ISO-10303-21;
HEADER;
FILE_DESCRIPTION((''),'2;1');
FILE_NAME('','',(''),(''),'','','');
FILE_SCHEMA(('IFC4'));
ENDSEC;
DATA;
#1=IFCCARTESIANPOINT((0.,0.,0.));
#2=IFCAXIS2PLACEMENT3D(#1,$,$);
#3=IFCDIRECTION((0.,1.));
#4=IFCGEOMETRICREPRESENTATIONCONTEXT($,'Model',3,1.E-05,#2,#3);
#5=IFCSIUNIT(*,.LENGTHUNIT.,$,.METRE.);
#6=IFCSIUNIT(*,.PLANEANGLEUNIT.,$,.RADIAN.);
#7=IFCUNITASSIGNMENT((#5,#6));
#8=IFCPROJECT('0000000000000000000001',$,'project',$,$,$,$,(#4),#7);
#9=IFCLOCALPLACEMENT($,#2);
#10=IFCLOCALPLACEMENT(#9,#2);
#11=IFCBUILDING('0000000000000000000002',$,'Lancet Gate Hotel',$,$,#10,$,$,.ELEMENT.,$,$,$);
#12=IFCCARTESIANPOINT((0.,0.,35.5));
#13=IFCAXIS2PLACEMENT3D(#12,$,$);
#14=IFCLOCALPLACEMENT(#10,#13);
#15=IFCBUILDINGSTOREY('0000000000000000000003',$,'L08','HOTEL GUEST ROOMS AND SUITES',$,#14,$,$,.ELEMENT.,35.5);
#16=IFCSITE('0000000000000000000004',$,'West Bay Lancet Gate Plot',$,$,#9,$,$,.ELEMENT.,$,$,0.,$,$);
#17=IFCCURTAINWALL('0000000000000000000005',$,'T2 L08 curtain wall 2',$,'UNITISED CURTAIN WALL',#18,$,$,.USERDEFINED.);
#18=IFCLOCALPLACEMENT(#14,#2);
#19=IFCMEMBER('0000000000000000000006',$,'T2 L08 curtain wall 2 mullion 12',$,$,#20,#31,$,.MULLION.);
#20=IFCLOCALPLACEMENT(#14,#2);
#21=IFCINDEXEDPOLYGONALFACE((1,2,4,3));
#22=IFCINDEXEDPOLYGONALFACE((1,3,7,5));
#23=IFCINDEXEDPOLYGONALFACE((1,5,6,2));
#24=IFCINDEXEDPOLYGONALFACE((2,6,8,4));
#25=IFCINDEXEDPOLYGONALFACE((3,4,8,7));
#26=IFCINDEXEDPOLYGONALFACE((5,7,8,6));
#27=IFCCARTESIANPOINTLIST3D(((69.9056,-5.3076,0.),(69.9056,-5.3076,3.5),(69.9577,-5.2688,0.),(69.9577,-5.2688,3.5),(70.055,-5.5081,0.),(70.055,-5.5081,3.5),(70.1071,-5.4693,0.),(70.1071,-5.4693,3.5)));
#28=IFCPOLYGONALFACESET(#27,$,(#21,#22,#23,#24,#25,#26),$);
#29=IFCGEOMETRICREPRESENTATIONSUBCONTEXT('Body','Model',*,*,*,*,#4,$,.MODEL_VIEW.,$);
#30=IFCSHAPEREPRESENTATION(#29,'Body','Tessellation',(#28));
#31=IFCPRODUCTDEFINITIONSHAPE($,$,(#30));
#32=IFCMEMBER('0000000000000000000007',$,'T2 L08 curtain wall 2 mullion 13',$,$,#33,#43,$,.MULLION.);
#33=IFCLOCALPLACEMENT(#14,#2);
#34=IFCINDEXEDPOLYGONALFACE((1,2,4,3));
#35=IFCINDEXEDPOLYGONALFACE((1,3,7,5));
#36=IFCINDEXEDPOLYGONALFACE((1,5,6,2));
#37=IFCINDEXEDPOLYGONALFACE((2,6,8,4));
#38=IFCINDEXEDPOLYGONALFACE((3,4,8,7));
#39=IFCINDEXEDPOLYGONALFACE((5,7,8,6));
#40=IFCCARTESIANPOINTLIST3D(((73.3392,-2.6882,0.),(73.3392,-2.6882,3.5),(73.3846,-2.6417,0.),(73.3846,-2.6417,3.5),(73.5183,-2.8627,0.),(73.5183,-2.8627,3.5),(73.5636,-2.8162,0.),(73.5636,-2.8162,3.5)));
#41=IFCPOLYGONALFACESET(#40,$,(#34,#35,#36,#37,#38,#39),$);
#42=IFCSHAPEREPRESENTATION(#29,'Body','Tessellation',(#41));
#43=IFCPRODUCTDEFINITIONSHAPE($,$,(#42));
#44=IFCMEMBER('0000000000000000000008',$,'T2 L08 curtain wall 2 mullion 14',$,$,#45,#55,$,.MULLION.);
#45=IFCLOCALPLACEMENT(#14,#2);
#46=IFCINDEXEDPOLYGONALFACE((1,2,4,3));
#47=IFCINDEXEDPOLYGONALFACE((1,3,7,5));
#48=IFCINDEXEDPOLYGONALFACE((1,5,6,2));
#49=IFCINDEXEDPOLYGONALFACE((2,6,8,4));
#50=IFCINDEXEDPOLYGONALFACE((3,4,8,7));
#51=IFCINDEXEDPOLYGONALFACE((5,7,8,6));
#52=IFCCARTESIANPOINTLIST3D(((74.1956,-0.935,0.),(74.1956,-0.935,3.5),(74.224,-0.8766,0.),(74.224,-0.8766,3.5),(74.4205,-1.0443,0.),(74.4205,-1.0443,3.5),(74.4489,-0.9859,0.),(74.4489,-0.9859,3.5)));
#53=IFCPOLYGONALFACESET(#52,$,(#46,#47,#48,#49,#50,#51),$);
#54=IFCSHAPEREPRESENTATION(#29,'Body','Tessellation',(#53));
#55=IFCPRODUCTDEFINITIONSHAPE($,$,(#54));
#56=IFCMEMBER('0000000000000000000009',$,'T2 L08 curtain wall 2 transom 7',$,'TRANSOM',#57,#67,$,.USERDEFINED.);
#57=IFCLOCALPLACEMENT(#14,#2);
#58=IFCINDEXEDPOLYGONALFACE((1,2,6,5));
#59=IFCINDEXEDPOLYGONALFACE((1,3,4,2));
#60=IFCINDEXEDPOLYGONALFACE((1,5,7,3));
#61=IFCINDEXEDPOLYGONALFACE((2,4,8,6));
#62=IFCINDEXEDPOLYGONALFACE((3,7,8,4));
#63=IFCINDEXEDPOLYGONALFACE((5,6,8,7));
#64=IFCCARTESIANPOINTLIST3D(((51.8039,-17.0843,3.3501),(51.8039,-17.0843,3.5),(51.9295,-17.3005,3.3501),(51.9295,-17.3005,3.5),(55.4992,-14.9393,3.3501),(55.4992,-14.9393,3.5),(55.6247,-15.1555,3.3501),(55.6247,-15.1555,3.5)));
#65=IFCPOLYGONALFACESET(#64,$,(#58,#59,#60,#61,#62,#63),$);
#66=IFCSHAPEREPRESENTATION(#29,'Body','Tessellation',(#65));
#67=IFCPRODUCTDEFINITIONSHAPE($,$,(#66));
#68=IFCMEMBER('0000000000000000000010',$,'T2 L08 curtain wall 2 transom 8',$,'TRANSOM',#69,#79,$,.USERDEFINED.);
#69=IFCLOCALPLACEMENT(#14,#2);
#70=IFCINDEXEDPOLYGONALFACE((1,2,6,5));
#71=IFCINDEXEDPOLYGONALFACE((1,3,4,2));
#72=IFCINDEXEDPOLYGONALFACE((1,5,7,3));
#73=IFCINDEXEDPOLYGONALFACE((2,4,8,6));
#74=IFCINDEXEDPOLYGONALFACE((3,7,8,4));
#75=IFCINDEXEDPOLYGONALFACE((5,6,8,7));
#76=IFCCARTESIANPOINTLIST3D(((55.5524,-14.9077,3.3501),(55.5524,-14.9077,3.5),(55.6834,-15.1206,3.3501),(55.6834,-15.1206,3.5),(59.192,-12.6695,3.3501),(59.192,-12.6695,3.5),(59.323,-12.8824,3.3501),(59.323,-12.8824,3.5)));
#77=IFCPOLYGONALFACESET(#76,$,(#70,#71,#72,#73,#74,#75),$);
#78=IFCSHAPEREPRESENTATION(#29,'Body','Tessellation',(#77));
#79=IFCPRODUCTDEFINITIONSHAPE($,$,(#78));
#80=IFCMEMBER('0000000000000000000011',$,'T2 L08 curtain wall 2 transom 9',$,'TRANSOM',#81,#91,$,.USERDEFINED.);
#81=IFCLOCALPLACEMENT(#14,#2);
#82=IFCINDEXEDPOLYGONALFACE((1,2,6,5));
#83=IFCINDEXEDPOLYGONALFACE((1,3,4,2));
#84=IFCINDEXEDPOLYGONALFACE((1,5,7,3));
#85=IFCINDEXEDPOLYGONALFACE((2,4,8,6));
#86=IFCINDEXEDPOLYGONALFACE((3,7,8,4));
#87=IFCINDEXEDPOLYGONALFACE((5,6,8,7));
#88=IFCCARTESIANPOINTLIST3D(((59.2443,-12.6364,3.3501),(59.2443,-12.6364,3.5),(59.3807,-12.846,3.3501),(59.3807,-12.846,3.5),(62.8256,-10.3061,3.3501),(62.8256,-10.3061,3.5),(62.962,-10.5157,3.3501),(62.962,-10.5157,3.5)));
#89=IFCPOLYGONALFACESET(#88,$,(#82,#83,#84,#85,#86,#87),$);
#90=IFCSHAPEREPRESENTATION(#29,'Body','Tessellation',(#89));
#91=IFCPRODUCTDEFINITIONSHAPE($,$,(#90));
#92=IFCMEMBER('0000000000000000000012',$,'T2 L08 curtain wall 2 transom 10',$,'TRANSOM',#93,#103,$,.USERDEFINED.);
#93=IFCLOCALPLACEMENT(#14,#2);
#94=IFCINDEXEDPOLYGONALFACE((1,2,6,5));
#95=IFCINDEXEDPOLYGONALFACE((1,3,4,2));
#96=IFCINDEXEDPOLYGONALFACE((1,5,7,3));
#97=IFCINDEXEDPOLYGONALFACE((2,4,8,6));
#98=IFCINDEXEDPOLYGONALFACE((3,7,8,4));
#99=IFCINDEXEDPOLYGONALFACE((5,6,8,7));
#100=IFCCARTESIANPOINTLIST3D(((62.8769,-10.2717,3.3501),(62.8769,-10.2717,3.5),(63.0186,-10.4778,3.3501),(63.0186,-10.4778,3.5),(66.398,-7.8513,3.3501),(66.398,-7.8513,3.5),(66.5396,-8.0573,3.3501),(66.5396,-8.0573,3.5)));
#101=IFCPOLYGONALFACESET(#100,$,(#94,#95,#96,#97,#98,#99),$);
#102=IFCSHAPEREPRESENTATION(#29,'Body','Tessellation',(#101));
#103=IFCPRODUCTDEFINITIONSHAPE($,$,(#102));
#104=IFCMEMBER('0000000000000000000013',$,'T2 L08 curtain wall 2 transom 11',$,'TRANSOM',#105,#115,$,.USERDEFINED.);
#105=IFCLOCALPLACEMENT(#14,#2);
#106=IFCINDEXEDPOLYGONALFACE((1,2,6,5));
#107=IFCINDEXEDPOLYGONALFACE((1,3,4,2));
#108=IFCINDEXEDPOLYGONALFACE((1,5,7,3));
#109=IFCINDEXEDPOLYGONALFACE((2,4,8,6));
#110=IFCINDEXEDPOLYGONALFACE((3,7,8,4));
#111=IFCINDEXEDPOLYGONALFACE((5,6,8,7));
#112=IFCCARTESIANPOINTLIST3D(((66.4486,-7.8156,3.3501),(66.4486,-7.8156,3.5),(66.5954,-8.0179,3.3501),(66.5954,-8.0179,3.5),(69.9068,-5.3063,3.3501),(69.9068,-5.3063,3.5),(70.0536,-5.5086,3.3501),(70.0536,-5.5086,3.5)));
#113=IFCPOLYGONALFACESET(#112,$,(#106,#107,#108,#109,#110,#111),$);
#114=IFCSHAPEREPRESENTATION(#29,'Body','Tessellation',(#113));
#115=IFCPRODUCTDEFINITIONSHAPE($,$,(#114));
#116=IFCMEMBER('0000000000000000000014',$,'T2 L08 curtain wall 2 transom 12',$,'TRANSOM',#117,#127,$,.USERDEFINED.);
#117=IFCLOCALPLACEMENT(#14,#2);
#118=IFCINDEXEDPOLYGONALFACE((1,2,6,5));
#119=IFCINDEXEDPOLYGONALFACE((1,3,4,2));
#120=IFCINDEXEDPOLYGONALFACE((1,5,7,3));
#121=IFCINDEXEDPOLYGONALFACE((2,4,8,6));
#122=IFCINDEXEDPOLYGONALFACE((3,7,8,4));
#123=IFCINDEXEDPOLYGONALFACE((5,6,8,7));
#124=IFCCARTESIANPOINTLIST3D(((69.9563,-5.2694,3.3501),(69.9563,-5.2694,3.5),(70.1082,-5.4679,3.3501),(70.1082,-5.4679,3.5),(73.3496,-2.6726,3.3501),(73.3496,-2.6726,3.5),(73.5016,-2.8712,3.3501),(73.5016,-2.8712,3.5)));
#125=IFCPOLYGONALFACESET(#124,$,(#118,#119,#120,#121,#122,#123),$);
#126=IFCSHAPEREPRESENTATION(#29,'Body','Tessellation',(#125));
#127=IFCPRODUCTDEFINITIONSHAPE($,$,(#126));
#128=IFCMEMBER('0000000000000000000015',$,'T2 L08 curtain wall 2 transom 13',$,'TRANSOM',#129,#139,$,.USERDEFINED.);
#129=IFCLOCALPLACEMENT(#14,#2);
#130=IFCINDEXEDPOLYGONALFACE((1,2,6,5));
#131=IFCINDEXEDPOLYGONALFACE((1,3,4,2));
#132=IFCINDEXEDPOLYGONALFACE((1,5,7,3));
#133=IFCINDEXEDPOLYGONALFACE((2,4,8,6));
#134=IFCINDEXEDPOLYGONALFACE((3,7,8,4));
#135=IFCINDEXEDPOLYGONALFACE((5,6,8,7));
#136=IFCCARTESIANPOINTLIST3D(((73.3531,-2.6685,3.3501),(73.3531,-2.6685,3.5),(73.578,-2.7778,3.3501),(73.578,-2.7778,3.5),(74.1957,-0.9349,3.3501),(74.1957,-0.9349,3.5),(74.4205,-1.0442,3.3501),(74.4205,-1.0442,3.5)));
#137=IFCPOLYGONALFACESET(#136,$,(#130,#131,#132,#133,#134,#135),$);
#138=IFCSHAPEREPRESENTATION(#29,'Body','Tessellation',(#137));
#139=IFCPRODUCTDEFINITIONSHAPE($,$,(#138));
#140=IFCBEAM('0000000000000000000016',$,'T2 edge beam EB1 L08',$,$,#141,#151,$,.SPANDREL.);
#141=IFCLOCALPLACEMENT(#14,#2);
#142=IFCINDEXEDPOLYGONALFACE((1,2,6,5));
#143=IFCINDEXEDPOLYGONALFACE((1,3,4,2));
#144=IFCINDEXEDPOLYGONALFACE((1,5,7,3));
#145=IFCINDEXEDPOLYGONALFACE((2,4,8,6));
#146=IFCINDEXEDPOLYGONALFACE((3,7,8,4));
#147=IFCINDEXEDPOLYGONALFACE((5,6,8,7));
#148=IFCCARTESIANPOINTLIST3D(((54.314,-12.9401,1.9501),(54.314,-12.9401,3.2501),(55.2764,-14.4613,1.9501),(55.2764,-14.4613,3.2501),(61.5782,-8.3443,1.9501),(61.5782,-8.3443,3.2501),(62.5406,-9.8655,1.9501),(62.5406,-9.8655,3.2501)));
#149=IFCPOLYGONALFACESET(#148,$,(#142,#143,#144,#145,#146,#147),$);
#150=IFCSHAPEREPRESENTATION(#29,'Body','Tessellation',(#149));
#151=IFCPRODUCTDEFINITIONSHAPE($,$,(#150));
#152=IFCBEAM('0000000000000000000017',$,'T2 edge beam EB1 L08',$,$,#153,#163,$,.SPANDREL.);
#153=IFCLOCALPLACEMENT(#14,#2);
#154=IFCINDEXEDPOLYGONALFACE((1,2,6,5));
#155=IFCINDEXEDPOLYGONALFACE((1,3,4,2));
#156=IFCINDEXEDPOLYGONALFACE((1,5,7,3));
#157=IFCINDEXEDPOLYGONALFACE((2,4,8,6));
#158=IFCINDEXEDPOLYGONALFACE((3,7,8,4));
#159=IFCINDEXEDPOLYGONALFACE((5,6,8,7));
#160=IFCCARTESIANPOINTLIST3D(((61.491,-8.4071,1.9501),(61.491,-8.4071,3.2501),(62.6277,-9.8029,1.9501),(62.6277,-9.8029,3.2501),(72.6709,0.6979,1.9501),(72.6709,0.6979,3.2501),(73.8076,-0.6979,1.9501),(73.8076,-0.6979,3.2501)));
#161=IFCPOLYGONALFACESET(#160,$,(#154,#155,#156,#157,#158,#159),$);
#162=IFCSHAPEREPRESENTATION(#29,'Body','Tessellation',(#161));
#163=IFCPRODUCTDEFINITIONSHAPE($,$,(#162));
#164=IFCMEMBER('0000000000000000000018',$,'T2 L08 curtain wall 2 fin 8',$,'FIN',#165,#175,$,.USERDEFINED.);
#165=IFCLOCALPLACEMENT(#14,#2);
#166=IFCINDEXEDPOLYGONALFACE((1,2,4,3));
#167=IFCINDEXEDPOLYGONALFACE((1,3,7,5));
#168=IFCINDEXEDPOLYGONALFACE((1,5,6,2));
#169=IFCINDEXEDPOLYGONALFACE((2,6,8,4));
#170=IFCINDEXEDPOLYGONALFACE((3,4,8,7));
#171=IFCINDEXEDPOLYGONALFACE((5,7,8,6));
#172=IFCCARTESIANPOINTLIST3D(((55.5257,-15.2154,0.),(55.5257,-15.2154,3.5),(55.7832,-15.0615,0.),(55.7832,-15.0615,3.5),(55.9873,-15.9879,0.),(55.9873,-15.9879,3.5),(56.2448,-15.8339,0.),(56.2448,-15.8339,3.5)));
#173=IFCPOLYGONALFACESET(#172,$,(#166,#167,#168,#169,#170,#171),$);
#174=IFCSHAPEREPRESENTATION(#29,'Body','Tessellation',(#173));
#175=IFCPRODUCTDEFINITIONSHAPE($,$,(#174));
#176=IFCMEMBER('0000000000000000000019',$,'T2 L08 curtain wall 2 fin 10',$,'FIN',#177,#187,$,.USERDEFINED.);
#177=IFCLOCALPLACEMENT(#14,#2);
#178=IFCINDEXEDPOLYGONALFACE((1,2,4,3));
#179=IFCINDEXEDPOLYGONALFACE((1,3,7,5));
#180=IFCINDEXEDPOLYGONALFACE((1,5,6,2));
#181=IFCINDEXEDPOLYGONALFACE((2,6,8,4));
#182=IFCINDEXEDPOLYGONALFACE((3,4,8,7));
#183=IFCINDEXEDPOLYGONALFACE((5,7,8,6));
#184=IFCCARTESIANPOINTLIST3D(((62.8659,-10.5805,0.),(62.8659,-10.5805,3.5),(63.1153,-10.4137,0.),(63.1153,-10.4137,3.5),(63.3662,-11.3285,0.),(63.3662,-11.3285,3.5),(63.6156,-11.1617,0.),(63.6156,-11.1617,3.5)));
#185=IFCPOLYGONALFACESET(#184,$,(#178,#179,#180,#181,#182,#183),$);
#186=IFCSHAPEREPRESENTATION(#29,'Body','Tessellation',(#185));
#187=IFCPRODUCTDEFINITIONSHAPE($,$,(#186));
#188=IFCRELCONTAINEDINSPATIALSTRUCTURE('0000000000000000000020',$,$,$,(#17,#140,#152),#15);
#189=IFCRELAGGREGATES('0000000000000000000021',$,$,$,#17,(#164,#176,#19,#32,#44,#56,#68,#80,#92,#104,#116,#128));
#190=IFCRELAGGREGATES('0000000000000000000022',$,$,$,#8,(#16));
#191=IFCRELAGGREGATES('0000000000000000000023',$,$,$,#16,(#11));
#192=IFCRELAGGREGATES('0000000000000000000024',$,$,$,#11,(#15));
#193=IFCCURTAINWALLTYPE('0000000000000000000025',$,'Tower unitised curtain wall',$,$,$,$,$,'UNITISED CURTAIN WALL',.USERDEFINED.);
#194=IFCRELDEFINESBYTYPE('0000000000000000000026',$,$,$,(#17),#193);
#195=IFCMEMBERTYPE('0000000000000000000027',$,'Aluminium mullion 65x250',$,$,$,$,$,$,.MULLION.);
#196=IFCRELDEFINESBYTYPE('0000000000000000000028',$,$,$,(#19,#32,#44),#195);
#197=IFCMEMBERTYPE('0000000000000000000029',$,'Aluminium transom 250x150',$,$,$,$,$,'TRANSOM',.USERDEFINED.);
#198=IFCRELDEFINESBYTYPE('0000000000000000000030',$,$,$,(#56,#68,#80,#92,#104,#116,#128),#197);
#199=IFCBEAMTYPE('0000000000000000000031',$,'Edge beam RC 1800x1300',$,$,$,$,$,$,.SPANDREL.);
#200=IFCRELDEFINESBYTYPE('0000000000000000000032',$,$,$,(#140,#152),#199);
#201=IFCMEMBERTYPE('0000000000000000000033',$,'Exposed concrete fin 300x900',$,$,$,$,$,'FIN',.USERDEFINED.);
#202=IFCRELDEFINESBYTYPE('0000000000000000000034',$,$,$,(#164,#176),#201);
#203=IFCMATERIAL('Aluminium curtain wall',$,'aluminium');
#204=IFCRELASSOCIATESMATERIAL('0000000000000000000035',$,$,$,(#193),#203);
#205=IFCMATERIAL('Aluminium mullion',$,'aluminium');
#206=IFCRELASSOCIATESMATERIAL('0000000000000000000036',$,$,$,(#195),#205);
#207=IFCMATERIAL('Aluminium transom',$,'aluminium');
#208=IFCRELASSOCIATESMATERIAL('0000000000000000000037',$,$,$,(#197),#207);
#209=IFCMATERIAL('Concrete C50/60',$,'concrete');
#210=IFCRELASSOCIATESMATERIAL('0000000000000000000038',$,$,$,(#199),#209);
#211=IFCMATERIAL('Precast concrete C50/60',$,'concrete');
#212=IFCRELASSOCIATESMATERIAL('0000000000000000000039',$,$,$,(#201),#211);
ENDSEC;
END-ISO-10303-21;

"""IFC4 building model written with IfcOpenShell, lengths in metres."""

from ifc_helpers import new_model, si_unit, direction, frame, origin, origin_2d, place, context, subcontext, project, spatial, rectangle, extrude, material, material_profile, profile_set, type_object, element, aggregate, save


model = new_model("IFC4")

# Units and contexts
model_context = context("Model", 3, precision=1e-05, world=origin(), true_north=direction((0.0, 1.0)))
body_context = subcontext(model_context, "Body", "Model", "MODEL_VIEW")
ifc_project = project(units=[si_unit("LENGTHUNIT", "METRE"), si_unit("PLANEANGLEUNIT", "RADIAN")], contexts=[model_context])

# Site, building, storey
site_placement = place(None, origin())
site = spatial("IfcSite", under=ifc_project, at=site_placement, Name="West Bay Lancet Gate Plot", CompositionType="ELEMENT", RefElevation=0.0)
building_placement = place(site_placement, origin())
building = spatial("IfcBuilding", under=site, at=building_placement, Name="Lancet Gate Hotel", CompositionType="ELEMENT")
storey_placement = place(building_placement, frame((0.0, 0.0, 35.5)))
storey = spatial("IfcBuildingStorey", under=building, at=storey_placement, Name="L08", Description="HOTEL GUEST ROOMS AND SUITES", CompositionType="ELEMENT", Elevation=35.5)

# Curtain wall, members
ifc_material_1 = material(Name="Aluminium curtain wall", Category="aluminium")
curtain_wall_type = type_object("IfcCurtainWallType", Name="Tower unitised curtain wall", ElementType="UNITISED CURTAIN WALL", PredefinedType="USERDEFINED", material=ifc_material_1)
curtain_wall_placement = place(storey_placement, origin())
curtain_wall = element("IfcCurtainWall", 1, at=curtain_wall_placement, inside=storey, type_object=curtain_wall_type, Name="T2 L08 curtain wall 2", ObjectType="UNITISED CURTAIN WALL", PredefinedType="USERDEFINED")
ifc_material_2 = material(Name="Aluminium mullion", Category="aluminium")
ifc_material_profile_1 = material_profile(ifc_material_2, rectangle(XDim=0.0649, YDim=0.25, at=origin_2d()), Name="MULLION 65x250")
ifc_profile_set_1 = profile_set([ifc_material_profile_1], Name="Aluminium mullion")
member_type_1 = type_object("IfcMemberType", Name="Aluminium mullion 65x250", PredefinedType="MULLION", material=ifc_profile_set_1)
member_1_placement = place(storey_placement, frame((70.0063, -5.3884, 0.0), z_axis=(0.0, 0.0, 1.0), x_axis=(0.80183, 0.597552, 0.0)))
member_1 = element("IfcMember", 2, at=member_1_placement, type_object=member_type_1, Name="T2 L08 curtain wall 2 mullion 12", PredefinedType="MULLION", context=body_context, shape_type="SweptSolid", body=[
    extrude(rectangle(XDim=0.0649, YDim=0.25, at=origin_2d()), origin(), (0.0, 0.0, 1.0), 3.5),
])
member_2_placement = place(storey_placement, frame((73.4514, -2.7522, 0.0), z_axis=(0.0, 0.0, 1.0), x_axis=(0.697983, 0.716114, 0.0)))
member_2 = element("IfcMember", 3, at=member_2_placement, type_object=member_type_1, Name="T2 L08 curtain wall 2 mullion 13", PredefinedType="MULLION", context=body_context, shape_type="SweptSolid", body=[
    extrude(rectangle(XDim=0.0649, YDim=0.25, at=origin_2d()), origin(), (0.0, 0.0, 1.0), 3.5),
])
member_3_placement = place(storey_placement, frame((74.3223, -0.9604, 0.0), z_axis=(0.0, 0.0, 1.0), x_axis=(0.437169, 0.899379, 0.0)))
member_3 = element("IfcMember", 4, at=member_3_placement, type_object=member_type_1, Name="T2 L08 curtain wall 2 mullion 14", PredefinedType="MULLION", context=body_context, shape_type="SweptSolid", body=[
    extrude(rectangle(XDim=0.0649, YDim=0.25, at=origin_2d()), origin(), (0.0, 0.0, 1.0), 3.5),
])
ifc_material_3 = material(Name="Aluminium transom", Category="aluminium")
ifc_material_profile_2 = material_profile(ifc_material_3, rectangle(XDim=0.25, YDim=0.1499, at=origin_2d()), Name="TRANSOM 250x150")
ifc_profile_set_2 = profile_set([ifc_material_profile_2], Name="Aluminium transom")
member_type_2 = type_object("IfcMemberType", Name="Aluminium transom 250x150", ElementType="TRANSOM", PredefinedType="USERDEFINED", material=ifc_profile_set_2)
member_4_placement = place(storey_placement, frame((51.8667, -17.1924, 3.425), z_axis=(0.864855, 0.502022, 0.0), x_axis=(-0.502022, 0.864855, 0.0)))
member_4 = element("IfcMember", 5, at=member_4_placement, type_object=member_type_2, Name="T2 L08 curtain wall 2 transom 7", ObjectType="TRANSOM", PredefinedType="USERDEFINED", context=body_context, shape_type="SweptSolid", body=[
    extrude(rectangle(XDim=0.25, YDim=0.1499, at=origin_2d()), origin(), (0.0, 0.0, 1.0), 4.2727),
])
member_5_placement = place(storey_placement, frame((55.6179, -15.0142, 3.425), z_axis=(0.851815, 0.523842, 0.0), x_axis=(-0.523842, 0.851815, 0.0)))
member_5 = element("IfcMember", 6, at=member_5_placement, type_object=member_type_2, Name="T2 L08 curtain wall 2 transom 8", ObjectType="TRANSOM", PredefinedType="USERDEFINED", context=body_context, shape_type="SweptSolid", body=[
    extrude(rectangle(XDim=0.25, YDim=0.1499, at=origin_2d()), origin(), (0.0, 0.0, 1.0), 4.2727),
])
member_6_placement = place(storey_placement, frame((59.3125, -12.7412, 3.425), z_axis=(0.838179, 0.545396, 0.0), x_axis=(-0.545396, 0.838179, 0.0)))
member_6 = element("IfcMember", 7, at=member_6_placement, type_object=member_type_2, Name="T2 L08 curtain wall 2 transom 9", ObjectType="TRANSOM", PredefinedType="USERDEFINED", context=body_context, shape_type="SweptSolid", body=[
    extrude(rectangle(XDim=0.25, YDim=0.1499, at=origin_2d()), origin(), (0.0, 0.0, 1.0), 4.2727),
])
member_7_placement = place(storey_placement, frame((62.9478, -10.3748, 3.425), z_axis=(0.824072, 0.566485, 0.0), x_axis=(-0.566485, 0.824072, 0.0)))
member_7 = element("IfcMember", 8, at=member_7_placement, type_object=member_type_2, Name="T2 L08 curtain wall 2 transom 10", ObjectType="TRANSOM", PredefinedType="USERDEFINED", context=body_context, shape_type="SweptSolid", body=[
    extrude(rectangle(XDim=0.25, YDim=0.1499, at=origin_2d()), origin(), (0.0, 0.0, 1.0), 4.2727),
])
member_8_placement = place(storey_placement, frame((66.522, -7.9167, 3.425), z_axis=(0.809383, 0.587281, 0.0), x_axis=(-0.587281, 0.809383, 0.0)))
member_8 = element("IfcMember", 9, at=member_8_placement, type_object=member_type_2, Name="T2 L08 curtain wall 2 transom 11", ObjectType="TRANSOM", PredefinedType="USERDEFINED", context=body_context, shape_type="SweptSolid", body=[
    extrude(rectangle(XDim=0.25, YDim=0.1499, at=origin_2d()), origin(), (0.0, 0.0, 1.0), 4.2727),
])
member_9_placement = place(storey_placement, frame((70.0322, -5.3687, 3.425), z_axis=(0.794155, 0.607715, 0.0), x_axis=(-0.607715, 0.794155, 0.0)))
member_9 = element("IfcMember", 10, at=member_9_placement, type_object=member_type_2, Name="T2 L08 curtain wall 2 transom 12", ObjectType="TRANSOM", PredefinedType="USERDEFINED", context=body_context, shape_type="SweptSolid", body=[
    extrude(rectangle(XDim=0.25, YDim=0.1499, at=origin_2d()), origin(), (0.0, 0.0, 1.0), 4.2729),
])
member_10_placement = place(storey_placement, frame((73.4656, -2.7231, 3.425), z_axis=(0.437103, 0.899411, 0.0), x_axis=(-0.899411, 0.437103, 0.0)))
member_10 = element("IfcMember", 11, at=member_10_placement, type_object=member_type_2, Name="T2 L08 curtain wall 2 transom 13", ObjectType="TRANSOM", PredefinedType="USERDEFINED", context=body_context, shape_type="SweptSolid", body=[
    extrude(rectangle(XDim=0.25, YDim=0.1499, at=origin_2d()), origin(), (0.0, 0.0, 1.0), 1.9275),
])

# Beams
ifc_material_4 = material(Name="Concrete C50/60", Category="concrete")
ifc_material_profile_3 = material_profile(ifc_material_4, rectangle(XDim=1.8, YDim=1.3, at=origin_2d()), Name="RC 1800x1300")
ifc_profile_set_3 = profile_set([ifc_material_profile_3], Name="Concrete C50/60")
beam_type_1 = type_object("IfcBeamType", Name="Edge beam RC 1800x1300", PredefinedType="SPANDREL", material=ifc_profile_set_3)
beam_1_placement = place(storey_placement, frame((54.7952, -13.7007, 2.6001), z_axis=(0.845078, 0.534643, 0.0), x_axis=(-0.534643, 0.845078, 0.0)))
element("IfcBeam", 12, at=beam_1_placement, inside=storey, type_object=beam_type_1, Name="T2 edge beam EB1 L08", PredefinedType="SPANDREL", context=body_context, shape_type="SweptSolid", body=[
    extrude(rectangle(XDim=1.8, YDim=1.3, at=origin_2d()), origin(), (0.0, 0.0, 1.0), 8.5959),
])
beam_2_placement = place(storey_placement, frame((62.0593, -9.105, 2.6001), z_axis=(0.775391, 0.631481, 0.0), x_axis=(-0.631481, 0.775391, 0.0)))
element("IfcBeam", 13, at=beam_2_placement, inside=storey, type_object=beam_type_1, Name="T2 edge beam EB1 L08", PredefinedType="SPANDREL", context=body_context, shape_type="SweptSolid", body=[
    extrude(rectangle(XDim=1.8, YDim=1.3, at=origin_2d()), origin(), (0.0, 0.0, 1.0), 14.4185),
])

# Members
ifc_material_5 = material(Name="Precast concrete C50/60", Category="concrete")
ifc_material_profile_4 = material_profile(ifc_material_5, rectangle(XDim=0.3, YDim=0.8999, at=origin_2d()), Name="FIN 300x900")
ifc_profile_set_4 = profile_set([ifc_material_profile_4], Name="Precast concrete C50/60")
member_type_3 = type_object("IfcMemberType", Name="Exposed concrete fin 300x900", ElementType="FIN", PredefinedType="USERDEFINED", material=ifc_profile_set_4)
member_11_placement = place(storey_placement, frame((55.8853, -15.5247, 0.0), z_axis=(0.0, 0.0, 1.0), x_axis=(0.858413, 0.512959, 0.0)))
member_11 = element("IfcMember", 14, at=member_11_placement, type_object=member_type_3, Name="T2 L08 curtain wall 2 fin 8", ObjectType="FIN", PredefinedType="USERDEFINED", context=body_context, shape_type="SweptSolid", body=[
    extrude(rectangle(XDim=0.3, YDim=0.8999, at=origin_2d()), origin(), (0.0, 0.0, 1.0), 3.5),
])
member_12_placement = place(storey_placement, frame((63.2407, -10.8711, 0.0), z_axis=(0.0, 0.0, 1.0), x_axis=(0.831198, 0.555976, 0.0)))
member_12 = element("IfcMember", 15, at=member_12_placement, type_object=member_type_3, Name="T2 L08 curtain wall 2 fin 10", ObjectType="FIN", PredefinedType="USERDEFINED", context=body_context, shape_type="SweptSolid", body=[
    extrude(rectangle(XDim=0.3, YDim=0.8999, at=origin_2d()), origin(), (0.0, 0.0, 1.0), 3.5),
])

aggregate(curtain_wall, [member_11, member_12, member_1, member_2, member_3, member_4, member_5, member_6, member_7, member_8, member_9, member_10])

save(model, "model.ifc")
